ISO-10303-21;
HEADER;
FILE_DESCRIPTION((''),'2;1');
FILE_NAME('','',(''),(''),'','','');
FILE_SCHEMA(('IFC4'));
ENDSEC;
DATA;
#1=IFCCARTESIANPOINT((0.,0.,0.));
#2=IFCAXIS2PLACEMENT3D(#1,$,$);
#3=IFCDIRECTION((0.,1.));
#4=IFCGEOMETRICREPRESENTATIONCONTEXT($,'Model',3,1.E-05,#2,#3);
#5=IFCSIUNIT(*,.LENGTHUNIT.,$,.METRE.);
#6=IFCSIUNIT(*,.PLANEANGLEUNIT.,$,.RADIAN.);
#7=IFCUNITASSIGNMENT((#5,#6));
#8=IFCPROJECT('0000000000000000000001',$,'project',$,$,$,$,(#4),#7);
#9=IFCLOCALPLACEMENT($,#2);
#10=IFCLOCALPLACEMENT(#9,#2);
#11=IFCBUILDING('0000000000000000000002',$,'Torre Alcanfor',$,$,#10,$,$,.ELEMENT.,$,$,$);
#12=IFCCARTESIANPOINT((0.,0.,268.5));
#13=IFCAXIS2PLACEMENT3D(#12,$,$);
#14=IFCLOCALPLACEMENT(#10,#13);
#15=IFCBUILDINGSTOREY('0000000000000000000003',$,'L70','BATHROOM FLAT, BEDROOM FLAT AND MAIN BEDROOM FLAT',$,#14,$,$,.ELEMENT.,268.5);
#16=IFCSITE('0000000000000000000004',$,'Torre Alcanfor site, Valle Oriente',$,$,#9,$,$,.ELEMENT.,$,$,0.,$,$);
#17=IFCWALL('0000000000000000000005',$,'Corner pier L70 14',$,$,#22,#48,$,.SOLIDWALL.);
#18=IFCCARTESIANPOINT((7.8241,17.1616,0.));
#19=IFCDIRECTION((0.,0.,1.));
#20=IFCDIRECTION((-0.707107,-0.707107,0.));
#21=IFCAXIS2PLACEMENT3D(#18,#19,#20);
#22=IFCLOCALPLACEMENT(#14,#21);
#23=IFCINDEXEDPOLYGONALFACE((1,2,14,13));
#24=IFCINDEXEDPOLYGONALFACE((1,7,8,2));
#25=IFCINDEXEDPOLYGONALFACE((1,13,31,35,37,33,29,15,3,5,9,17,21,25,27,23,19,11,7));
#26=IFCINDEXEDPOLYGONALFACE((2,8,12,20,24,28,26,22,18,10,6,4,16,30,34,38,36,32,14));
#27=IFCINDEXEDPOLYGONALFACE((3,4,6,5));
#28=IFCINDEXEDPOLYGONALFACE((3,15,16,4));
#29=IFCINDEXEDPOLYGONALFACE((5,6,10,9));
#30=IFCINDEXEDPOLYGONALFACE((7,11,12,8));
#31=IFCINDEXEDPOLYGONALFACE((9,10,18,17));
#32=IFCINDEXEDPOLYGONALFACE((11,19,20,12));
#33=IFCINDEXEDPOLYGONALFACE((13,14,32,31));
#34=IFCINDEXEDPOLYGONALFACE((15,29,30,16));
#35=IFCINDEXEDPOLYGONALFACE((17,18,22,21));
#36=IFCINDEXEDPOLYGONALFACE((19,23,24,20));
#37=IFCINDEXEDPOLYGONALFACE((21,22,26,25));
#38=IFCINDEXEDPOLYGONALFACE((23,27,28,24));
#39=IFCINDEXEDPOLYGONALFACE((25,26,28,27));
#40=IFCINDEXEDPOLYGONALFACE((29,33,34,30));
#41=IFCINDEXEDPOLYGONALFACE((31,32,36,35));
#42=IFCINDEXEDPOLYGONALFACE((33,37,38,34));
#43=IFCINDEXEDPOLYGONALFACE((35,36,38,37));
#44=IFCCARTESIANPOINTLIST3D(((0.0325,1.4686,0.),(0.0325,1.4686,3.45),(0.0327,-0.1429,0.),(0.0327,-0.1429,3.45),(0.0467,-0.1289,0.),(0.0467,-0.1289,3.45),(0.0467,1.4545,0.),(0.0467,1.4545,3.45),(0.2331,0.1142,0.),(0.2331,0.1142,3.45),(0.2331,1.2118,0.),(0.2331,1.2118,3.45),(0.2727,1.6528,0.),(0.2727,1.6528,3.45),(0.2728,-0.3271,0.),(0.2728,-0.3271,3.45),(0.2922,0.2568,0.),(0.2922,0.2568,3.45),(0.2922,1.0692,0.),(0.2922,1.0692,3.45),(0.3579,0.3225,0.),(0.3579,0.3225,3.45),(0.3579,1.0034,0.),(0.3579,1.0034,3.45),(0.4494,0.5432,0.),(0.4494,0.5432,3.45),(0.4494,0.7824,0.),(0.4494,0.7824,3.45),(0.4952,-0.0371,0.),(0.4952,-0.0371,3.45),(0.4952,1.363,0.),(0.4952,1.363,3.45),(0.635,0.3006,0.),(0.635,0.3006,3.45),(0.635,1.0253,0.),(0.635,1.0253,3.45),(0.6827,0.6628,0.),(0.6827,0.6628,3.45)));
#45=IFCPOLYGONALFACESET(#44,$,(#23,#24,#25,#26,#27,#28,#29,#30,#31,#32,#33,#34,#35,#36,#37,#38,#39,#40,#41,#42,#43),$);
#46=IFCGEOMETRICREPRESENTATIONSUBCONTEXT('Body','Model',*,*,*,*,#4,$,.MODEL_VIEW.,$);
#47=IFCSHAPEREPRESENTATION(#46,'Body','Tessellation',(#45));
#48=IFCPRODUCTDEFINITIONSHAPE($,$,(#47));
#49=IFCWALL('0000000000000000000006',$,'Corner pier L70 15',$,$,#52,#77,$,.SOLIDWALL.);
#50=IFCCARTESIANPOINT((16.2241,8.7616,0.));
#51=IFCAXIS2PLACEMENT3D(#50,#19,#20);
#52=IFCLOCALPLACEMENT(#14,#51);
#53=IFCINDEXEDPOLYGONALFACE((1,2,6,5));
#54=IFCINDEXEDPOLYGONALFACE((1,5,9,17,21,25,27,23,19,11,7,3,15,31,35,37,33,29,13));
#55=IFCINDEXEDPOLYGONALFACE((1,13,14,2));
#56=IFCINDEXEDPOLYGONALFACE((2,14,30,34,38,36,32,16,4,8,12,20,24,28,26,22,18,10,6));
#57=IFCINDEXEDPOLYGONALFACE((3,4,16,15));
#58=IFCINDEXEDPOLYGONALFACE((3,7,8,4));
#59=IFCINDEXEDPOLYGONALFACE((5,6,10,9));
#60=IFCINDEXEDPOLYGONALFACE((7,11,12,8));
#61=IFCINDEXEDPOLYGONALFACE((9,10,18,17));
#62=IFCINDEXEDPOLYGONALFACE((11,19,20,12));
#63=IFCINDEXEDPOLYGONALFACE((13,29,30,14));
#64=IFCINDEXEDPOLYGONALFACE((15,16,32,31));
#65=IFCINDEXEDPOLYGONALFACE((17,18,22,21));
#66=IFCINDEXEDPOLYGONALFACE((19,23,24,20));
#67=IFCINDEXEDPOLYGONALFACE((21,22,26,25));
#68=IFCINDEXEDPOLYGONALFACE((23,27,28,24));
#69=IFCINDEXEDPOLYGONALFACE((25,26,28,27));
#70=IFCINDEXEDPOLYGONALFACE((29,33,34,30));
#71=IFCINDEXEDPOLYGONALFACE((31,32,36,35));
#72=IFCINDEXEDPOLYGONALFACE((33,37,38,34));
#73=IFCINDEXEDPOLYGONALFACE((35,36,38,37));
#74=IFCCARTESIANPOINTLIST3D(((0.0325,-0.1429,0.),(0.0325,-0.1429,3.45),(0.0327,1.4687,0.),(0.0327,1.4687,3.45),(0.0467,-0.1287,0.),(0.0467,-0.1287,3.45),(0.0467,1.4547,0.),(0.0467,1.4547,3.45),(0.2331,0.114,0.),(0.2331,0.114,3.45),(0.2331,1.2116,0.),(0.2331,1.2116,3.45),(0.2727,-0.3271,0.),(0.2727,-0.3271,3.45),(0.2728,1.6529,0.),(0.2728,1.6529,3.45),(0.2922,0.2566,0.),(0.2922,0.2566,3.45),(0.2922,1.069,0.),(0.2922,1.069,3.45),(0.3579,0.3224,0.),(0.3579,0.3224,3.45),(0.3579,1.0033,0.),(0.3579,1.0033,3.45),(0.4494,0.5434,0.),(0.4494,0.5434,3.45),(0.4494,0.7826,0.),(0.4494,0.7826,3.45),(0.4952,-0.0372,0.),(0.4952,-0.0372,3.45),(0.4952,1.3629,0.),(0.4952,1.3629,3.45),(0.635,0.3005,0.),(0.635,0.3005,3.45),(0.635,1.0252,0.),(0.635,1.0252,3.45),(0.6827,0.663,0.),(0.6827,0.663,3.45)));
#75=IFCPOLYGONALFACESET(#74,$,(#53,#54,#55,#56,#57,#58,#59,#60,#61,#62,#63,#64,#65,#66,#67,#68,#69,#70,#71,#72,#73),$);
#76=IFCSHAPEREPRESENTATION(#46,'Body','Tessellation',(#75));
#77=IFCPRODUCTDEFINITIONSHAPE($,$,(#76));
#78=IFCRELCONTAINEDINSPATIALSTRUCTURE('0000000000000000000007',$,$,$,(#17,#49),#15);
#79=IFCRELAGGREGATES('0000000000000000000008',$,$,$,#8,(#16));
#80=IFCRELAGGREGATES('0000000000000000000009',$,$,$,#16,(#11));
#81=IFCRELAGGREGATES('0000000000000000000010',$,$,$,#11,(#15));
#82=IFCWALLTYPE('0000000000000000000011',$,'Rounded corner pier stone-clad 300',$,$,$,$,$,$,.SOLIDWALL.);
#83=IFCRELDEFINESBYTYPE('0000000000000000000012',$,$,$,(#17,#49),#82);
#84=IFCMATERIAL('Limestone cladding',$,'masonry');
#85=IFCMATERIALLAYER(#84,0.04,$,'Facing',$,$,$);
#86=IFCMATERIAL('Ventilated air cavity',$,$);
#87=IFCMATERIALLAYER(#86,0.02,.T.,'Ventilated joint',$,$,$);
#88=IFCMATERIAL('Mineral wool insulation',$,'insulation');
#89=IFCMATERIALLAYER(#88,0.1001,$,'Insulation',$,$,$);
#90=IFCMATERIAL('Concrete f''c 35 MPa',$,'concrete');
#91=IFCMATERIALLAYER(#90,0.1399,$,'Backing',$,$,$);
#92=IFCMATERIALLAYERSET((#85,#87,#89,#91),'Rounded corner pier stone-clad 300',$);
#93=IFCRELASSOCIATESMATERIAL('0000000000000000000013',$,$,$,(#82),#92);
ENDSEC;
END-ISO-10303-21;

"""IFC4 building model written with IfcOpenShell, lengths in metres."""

from ifc_helpers import new_model, si_unit, direction, frame, origin, place, context, subcontext, project, spatial, polyline, outline, extrude, material, layer, layer_set, type_object, element, save


model = new_model("IFC4")

# Units and contexts
model_context = context("Model", 3, precision=1e-05, world=origin(), true_north=direction((0.0, 1.0)))
body_context = subcontext(model_context, "Body", "Model", "MODEL_VIEW")
ifc_project = project(units=[si_unit("LENGTHUNIT", "METRE"), si_unit("PLANEANGLEUNIT", "RADIAN")], contexts=[model_context])

# Site, building, storey
site_placement = place(None, origin())
site = spatial("IfcSite", under=ifc_project, at=site_placement, Name="Torre Alcanfor site, Valle Oriente", CompositionType="ELEMENT", RefElevation=0.0)
building_placement = place(site_placement, origin())
building = spatial("IfcBuilding", under=site, at=building_placement, Name="Torre Alcanfor", CompositionType="ELEMENT")
storey_placement = place(building_placement, frame((0.0, 0.0, 268.5)))
storey = spatial("IfcBuildingStorey", under=building, at=storey_placement, Name="L70", Description="BATHROOM FLAT, BEDROOM FLAT AND MAIN BEDROOM FLAT", CompositionType="ELEMENT", Elevation=268.5)

# Shared definitions
ifc_material_1 = material(Name="Limestone cladding", Category="masonry")
ifc_material_2 = material(Name="Ventilated air cavity")
ifc_material_3 = material(Name="Mineral wool insulation", Category="insulation")
ifc_material_4 = material(Name="Concrete f'c 35 MPa", Category="concrete")

# Walls
ifc_layer_1 = layer(ifc_material_1, 0.04, Name="Facing")
ifc_layer_2 = layer(ifc_material_2, 0.02, ventilated=True, Name="Ventilated joint")
ifc_layer_3 = layer(ifc_material_3, 0.1001, Name="Insulation")
ifc_layer_4 = layer(ifc_material_4, 0.1399, Name="Backing")
ifc_layer_set_1 = layer_set([ifc_layer_1, ifc_layer_2, ifc_layer_3, ifc_layer_4], Name="Rounded corner pier stone-clad 300")
wall_type_1 = type_object("IfcWallType", Name="Rounded corner pier stone-clad 300", PredefinedType="SOLIDWALL", material=ifc_layer_set_1)
wall_1_placement = place(storey_placement, frame((7.8241, 17.1616, 0.0), z_axis=(0.0, 0.0, 1.0), x_axis=(-0.707107, -0.707107, 0.0)))
element("IfcWall", 1, at=wall_1_placement, inside=storey, type_object=wall_type_1, Name="Corner pier L70 14", PredefinedType="SOLIDWALL", context=body_context, shape_type="SweptSolid", body=[
    extrude(outline(polyline([(0.0467, 1.4545), (0.2331, 1.2118), (0.2922, 1.0692), (0.3579, 1.0034), (0.4494, 0.7824), (0.4494, 0.5432), (0.3579, 0.3225), (0.2922, 0.2568), (0.2331, 0.1142), (0.0467, -0.1289), (0.0327, -0.1429), (0.2728, -0.3271), (0.4952, -0.0371), (0.635, 0.3006), (0.6827, 0.6628), (0.635, 1.0253), (0.4952, 1.363), (0.2727, 1.6528), (0.0325, 1.4686), (0.0467, 1.4545)])), origin(), (0.0, 0.0, 1.0), 3.45),
])
wall_2_placement = place(storey_placement, frame((16.2241, 8.7616, 0.0), z_axis=(0.0, 0.0, 1.0), x_axis=(-0.707107, -0.707107, 0.0)))
element("IfcWall", 2, at=wall_2_placement, inside=storey, type_object=wall_type_1, Name="Corner pier L70 15", PredefinedType="SOLIDWALL", context=body_context, shape_type="SweptSolid", body=[
    extrude(outline(polyline([(0.0327, 1.4687), (0.0467, 1.4547), (0.2331, 1.2116), (0.2922, 1.069), (0.3579, 1.0033), (0.4494, 0.7826), (0.4494, 0.5434), (0.3579, 0.3224), (0.2922, 0.2566), (0.2331, 0.114), (0.0467, -0.1287), (0.0325, -0.1429), (0.2727, -0.3271), (0.4952, -0.0372), (0.635, 0.3005), (0.6827, 0.663), (0.635, 1.0252), (0.4952, 1.3629), (0.2728, 1.6529), (0.0327, 1.4687)])), origin(), (0.0, 0.0, 1.0), 3.45),
])

save(model, "model.ifc")
